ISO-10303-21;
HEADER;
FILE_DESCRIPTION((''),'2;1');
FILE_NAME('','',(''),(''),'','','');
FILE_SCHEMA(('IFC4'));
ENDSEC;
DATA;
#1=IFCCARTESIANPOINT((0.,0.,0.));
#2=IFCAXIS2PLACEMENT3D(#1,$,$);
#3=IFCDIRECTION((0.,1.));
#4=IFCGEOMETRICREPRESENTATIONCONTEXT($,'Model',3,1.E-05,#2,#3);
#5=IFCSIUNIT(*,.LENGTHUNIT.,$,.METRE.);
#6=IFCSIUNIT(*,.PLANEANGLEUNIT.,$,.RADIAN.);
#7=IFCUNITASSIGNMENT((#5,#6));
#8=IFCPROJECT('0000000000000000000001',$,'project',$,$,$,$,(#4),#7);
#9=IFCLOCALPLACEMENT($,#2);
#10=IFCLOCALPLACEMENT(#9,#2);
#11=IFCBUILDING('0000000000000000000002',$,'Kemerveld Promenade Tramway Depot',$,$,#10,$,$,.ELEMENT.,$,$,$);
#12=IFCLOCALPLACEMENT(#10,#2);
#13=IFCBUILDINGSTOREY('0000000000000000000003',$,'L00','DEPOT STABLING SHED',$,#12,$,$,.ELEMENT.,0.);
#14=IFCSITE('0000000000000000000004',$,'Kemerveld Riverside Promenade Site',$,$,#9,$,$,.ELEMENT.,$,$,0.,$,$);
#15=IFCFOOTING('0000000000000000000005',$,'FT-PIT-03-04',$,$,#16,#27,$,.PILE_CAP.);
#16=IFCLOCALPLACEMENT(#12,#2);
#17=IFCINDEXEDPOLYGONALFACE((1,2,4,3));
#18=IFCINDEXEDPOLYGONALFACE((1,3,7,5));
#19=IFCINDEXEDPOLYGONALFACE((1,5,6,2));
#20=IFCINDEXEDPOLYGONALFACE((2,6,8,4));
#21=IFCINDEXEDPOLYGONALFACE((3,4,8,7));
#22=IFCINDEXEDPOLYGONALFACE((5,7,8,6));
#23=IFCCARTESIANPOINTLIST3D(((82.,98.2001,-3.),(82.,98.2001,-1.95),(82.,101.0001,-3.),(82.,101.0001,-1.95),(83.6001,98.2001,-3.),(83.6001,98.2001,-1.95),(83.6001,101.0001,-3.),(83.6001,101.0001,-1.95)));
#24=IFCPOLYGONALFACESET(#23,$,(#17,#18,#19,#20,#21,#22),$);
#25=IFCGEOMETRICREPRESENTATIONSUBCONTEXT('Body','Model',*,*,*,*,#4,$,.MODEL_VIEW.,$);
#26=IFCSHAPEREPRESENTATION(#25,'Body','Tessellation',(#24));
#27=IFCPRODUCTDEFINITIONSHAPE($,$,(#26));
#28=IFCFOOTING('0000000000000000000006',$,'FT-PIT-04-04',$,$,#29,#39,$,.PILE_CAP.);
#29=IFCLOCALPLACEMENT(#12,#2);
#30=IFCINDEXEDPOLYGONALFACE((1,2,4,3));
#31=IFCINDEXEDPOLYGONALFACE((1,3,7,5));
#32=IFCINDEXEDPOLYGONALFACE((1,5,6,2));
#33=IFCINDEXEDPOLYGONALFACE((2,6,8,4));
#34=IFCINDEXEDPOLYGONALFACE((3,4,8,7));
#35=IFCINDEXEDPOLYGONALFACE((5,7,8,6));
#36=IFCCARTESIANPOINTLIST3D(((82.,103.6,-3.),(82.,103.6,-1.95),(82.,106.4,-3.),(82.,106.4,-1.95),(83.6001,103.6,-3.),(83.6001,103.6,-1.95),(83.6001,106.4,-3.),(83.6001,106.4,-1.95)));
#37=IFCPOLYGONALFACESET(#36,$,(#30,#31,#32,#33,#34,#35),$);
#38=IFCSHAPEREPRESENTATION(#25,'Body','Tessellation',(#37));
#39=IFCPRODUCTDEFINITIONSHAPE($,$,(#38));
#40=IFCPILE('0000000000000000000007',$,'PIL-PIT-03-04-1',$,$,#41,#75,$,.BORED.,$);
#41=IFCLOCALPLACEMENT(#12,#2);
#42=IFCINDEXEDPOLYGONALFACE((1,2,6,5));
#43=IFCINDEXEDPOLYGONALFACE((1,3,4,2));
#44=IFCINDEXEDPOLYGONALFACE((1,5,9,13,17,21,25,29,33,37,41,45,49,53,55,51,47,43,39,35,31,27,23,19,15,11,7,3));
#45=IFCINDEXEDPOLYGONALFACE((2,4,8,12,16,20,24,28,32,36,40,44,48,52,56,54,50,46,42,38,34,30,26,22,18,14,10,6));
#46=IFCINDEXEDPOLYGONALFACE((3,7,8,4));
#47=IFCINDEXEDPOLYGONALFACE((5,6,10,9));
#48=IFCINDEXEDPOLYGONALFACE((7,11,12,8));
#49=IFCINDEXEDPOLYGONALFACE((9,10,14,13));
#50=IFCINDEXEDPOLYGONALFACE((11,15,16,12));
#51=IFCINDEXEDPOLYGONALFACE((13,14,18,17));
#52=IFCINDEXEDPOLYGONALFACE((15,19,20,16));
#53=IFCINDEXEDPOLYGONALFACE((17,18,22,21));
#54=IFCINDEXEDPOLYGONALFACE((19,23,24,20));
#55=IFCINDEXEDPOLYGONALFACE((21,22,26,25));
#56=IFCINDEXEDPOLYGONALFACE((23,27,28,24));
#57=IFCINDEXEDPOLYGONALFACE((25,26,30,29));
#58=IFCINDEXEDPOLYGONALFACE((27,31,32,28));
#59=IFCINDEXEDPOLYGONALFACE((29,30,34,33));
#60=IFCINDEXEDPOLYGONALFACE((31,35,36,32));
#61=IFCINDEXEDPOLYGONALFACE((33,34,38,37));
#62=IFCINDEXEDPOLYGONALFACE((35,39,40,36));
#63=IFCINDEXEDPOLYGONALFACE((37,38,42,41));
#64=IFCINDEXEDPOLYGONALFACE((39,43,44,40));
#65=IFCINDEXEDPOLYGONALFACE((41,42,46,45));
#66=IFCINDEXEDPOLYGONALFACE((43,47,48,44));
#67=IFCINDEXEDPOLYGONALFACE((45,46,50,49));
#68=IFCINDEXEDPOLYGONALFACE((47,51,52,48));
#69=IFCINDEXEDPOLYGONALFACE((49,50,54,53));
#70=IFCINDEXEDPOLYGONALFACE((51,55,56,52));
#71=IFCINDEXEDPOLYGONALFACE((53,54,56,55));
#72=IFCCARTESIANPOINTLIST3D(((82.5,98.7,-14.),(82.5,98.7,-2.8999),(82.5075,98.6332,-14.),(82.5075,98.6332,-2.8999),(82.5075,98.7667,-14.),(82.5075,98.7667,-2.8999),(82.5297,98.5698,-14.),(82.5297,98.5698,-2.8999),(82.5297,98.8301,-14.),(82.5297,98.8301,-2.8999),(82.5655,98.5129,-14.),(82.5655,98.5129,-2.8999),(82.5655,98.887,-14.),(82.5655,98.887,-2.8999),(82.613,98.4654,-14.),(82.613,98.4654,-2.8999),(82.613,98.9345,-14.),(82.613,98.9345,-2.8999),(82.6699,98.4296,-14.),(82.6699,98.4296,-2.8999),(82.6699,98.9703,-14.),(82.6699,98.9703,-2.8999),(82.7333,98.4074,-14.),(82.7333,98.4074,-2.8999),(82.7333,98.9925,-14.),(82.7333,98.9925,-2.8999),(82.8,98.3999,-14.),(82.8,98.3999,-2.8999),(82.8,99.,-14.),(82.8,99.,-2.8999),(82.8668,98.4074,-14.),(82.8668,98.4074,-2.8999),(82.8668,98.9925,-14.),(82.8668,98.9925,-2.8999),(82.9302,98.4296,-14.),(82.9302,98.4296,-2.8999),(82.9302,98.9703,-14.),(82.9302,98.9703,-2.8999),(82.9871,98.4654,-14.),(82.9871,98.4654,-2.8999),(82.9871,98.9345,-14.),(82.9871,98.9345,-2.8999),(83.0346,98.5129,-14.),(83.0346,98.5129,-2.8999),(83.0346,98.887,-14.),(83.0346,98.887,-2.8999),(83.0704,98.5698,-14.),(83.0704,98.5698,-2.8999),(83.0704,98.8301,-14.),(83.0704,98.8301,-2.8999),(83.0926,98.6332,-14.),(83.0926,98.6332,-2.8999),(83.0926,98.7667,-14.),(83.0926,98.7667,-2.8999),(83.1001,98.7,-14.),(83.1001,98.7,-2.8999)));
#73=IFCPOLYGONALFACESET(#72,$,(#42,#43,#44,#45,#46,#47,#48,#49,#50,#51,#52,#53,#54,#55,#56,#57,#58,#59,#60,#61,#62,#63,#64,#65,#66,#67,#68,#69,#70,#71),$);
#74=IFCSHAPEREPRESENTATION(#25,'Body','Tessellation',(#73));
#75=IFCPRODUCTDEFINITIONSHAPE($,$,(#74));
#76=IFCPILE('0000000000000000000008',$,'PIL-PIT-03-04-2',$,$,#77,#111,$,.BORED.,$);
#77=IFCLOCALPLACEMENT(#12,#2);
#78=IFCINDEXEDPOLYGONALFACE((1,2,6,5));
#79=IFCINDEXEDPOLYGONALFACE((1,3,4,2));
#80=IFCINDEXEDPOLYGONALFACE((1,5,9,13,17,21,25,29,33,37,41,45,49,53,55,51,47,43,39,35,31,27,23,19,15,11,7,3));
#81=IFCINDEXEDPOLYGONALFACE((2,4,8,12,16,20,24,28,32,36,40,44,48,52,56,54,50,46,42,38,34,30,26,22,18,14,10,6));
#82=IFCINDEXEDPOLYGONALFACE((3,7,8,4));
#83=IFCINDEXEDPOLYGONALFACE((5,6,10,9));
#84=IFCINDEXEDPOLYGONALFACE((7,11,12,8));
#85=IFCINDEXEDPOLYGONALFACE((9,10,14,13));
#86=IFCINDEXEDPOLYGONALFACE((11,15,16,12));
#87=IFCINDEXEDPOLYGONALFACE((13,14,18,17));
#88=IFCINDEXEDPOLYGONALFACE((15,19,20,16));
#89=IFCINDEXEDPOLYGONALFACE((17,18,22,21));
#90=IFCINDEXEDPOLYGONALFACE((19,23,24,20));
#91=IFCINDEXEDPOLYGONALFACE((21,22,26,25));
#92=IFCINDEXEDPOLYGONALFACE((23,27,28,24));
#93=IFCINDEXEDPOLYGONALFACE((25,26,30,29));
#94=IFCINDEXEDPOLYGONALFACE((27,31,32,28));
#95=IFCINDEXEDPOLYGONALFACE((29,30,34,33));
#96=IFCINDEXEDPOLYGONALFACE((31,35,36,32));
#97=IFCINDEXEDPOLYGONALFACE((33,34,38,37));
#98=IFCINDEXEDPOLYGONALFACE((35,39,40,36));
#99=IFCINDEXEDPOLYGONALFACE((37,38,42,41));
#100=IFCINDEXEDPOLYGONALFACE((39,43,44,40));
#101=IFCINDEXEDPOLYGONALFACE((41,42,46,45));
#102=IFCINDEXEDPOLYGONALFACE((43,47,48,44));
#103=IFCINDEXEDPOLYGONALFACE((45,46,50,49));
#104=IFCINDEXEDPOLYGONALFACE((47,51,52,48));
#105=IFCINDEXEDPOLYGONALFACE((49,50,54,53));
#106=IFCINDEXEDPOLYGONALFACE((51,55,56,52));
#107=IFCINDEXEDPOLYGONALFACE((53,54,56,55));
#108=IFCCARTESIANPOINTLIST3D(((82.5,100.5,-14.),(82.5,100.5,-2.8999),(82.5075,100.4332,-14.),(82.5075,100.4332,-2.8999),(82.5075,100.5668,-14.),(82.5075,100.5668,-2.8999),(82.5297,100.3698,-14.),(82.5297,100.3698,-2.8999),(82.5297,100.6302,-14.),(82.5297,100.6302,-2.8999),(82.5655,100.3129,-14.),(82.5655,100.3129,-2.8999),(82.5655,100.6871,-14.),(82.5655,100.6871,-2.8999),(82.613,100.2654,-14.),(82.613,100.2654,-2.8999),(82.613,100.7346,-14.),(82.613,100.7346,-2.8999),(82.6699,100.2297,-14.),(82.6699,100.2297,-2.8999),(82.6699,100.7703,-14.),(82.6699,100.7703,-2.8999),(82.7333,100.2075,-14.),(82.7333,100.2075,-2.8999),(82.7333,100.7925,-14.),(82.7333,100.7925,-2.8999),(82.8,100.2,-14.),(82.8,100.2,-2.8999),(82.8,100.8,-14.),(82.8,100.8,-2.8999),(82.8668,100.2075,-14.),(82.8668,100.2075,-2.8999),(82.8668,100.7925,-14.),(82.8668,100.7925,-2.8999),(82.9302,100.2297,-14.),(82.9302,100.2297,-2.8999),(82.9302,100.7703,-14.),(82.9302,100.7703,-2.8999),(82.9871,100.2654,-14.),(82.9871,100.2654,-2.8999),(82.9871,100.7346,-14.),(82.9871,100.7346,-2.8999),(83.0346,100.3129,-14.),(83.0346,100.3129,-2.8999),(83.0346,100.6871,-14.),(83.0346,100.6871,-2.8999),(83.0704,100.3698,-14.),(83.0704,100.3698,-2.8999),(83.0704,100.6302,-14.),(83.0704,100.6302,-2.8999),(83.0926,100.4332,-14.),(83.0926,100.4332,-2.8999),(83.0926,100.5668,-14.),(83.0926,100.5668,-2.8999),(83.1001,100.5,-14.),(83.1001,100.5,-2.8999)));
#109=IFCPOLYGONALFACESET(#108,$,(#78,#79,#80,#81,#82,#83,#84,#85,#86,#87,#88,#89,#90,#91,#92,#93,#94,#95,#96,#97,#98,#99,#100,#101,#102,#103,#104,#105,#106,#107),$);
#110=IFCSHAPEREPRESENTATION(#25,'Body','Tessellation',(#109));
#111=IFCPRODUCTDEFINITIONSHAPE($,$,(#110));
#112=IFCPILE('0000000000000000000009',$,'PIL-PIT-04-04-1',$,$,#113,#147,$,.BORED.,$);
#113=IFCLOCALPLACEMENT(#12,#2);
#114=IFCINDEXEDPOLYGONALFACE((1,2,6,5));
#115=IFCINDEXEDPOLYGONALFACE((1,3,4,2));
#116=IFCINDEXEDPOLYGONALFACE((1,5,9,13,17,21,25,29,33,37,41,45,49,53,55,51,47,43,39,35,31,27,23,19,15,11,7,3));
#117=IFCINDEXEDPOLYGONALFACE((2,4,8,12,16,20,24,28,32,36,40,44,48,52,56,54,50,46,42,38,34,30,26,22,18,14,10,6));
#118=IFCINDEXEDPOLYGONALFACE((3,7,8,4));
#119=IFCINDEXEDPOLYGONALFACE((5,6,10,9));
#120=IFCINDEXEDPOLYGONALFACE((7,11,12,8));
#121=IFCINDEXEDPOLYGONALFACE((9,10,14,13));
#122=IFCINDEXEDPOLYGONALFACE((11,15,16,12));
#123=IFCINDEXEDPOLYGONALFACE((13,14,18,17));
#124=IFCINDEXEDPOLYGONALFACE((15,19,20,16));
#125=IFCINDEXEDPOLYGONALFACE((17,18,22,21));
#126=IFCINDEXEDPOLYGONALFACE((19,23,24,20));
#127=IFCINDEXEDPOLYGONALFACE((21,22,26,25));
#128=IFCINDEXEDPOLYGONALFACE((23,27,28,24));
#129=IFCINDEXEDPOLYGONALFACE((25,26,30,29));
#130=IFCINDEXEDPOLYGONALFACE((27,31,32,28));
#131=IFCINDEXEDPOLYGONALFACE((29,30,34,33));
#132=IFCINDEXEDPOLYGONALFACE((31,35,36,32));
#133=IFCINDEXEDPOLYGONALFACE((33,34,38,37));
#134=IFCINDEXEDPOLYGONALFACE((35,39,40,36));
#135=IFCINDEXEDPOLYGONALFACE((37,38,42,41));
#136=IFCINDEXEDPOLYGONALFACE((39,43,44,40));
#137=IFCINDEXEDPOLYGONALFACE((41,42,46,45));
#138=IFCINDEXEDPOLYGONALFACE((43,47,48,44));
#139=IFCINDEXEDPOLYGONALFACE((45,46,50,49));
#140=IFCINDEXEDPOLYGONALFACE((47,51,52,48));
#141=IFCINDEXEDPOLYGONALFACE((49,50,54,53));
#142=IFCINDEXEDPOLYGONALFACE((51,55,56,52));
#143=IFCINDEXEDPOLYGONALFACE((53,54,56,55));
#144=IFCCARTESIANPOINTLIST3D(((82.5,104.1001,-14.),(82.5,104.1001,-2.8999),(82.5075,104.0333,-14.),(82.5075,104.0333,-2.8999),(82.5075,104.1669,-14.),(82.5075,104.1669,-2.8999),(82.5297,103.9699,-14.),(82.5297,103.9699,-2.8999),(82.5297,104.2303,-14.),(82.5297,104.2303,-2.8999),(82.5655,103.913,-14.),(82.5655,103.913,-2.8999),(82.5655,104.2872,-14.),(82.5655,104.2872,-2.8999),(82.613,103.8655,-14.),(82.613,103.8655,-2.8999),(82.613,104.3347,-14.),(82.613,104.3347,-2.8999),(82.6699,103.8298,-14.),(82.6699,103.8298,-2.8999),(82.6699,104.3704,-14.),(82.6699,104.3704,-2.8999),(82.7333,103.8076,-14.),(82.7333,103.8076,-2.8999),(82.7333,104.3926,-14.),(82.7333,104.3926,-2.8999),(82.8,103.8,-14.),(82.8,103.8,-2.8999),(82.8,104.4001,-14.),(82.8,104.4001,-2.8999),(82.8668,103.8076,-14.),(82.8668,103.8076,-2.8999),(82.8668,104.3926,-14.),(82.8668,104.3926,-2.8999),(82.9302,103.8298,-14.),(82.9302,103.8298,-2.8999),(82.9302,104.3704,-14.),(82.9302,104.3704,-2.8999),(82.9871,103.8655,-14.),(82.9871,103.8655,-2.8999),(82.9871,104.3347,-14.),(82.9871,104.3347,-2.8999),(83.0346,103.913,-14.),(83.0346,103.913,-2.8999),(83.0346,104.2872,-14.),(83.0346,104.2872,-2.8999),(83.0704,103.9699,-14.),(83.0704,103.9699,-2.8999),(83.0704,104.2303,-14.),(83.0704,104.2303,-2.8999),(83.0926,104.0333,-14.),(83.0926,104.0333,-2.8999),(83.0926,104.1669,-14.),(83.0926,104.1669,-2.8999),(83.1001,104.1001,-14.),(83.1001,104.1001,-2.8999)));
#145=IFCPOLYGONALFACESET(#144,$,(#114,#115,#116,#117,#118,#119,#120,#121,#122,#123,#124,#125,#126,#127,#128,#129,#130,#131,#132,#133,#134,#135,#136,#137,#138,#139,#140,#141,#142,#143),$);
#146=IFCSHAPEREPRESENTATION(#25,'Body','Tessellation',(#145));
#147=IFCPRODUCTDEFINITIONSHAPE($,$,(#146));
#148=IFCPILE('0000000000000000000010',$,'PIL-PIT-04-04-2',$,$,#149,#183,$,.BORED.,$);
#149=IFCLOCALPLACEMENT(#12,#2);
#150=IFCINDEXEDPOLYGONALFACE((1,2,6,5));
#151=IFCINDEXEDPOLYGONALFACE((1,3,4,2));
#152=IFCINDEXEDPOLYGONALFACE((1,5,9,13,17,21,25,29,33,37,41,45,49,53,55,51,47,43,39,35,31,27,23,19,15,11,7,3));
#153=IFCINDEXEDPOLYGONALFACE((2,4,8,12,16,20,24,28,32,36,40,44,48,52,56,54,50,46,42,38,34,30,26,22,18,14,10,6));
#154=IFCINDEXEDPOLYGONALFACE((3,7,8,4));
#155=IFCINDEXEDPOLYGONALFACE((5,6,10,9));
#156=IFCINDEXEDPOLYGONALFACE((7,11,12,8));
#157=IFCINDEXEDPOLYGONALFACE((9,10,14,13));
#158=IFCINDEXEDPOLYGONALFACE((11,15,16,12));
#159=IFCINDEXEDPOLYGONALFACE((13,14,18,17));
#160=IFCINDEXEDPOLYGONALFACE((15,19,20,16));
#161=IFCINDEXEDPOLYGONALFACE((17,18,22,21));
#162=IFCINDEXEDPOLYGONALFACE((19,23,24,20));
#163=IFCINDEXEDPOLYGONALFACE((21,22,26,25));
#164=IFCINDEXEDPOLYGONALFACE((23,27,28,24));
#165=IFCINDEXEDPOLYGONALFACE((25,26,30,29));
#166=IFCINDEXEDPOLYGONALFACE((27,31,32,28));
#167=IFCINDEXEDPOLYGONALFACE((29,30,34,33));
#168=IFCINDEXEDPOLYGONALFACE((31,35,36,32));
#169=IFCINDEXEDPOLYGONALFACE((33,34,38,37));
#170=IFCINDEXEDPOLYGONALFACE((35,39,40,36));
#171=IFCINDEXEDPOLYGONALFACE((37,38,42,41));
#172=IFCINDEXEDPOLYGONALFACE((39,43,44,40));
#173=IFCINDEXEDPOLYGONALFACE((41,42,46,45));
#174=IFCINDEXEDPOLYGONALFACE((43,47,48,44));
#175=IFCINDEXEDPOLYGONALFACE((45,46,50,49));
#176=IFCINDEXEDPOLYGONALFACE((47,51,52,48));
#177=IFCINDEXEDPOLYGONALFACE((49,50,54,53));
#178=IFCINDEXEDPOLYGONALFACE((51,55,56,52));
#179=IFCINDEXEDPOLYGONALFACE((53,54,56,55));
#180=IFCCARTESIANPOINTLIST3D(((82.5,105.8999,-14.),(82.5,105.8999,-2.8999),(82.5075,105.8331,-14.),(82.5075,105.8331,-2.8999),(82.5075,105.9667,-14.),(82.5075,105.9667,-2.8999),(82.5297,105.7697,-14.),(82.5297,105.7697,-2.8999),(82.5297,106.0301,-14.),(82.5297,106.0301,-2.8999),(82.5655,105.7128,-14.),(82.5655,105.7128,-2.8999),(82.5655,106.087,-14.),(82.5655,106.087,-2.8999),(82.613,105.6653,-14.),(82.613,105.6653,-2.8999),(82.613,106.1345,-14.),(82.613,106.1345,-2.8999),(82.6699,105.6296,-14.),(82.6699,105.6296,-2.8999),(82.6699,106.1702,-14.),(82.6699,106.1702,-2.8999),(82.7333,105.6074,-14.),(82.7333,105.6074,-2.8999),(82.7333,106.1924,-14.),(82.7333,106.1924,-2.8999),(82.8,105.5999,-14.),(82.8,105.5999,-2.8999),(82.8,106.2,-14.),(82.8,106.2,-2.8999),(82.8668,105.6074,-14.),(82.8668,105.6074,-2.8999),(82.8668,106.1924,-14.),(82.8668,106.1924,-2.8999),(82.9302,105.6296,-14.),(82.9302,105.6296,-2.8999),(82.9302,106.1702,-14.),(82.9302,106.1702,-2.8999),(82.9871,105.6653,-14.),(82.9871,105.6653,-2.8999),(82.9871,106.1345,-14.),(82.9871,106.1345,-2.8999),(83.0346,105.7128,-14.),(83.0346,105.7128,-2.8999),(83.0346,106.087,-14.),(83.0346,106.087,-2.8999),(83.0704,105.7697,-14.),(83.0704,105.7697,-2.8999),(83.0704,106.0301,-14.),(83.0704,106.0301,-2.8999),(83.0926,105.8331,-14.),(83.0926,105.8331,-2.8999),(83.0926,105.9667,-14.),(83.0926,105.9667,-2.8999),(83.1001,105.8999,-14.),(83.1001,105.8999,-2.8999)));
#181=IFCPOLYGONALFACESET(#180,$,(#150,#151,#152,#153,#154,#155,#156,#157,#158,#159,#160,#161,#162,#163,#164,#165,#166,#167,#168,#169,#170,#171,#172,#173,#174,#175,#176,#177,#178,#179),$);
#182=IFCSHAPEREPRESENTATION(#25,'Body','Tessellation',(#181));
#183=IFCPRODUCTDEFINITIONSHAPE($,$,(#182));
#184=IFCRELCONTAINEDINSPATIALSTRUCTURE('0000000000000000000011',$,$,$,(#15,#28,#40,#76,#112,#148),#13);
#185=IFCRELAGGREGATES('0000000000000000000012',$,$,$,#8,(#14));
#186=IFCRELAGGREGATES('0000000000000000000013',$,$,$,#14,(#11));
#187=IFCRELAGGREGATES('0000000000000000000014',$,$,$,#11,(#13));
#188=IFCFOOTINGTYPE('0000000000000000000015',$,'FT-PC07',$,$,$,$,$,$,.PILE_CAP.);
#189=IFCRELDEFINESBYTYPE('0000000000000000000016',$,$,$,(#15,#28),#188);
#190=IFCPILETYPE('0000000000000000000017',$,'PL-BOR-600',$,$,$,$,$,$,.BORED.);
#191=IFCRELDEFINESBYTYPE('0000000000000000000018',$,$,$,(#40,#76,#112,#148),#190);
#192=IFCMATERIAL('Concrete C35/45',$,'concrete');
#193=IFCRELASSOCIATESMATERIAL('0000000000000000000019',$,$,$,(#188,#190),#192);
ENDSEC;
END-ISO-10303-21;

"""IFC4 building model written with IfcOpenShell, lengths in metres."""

from ifc_helpers import new_model, si_unit, direction, frame, origin, origin_2d, place, context, subcontext, project, spatial, rectangle, circle, extrude, material, material_profile, profile_set, type_object, element, save


model = new_model("IFC4")

# Units and contexts
model_context = context("Model", 3, precision=1e-05, world=origin(), true_north=direction((0.0, 1.0)))
body_context = subcontext(model_context, "Body", "Model", "MODEL_VIEW")
ifc_project = project(units=[si_unit("LENGTHUNIT", "METRE"), si_unit("PLANEANGLEUNIT", "RADIAN")], contexts=[model_context])

# Site, building, storey
site_placement = place(None, origin())
site = spatial("IfcSite", under=ifc_project, at=site_placement, Name="Kemerveld Riverside Promenade Site", CompositionType="ELEMENT", RefElevation=0.0)
building_placement = place(site_placement, origin())
building = spatial("IfcBuilding", under=site, at=building_placement, Name="Kemerveld Promenade Tramway Depot", CompositionType="ELEMENT")
storey_placement = place(building_placement, origin())
storey = spatial("IfcBuildingStorey", under=building, at=storey_placement, Name="L00", Description="DEPOT STABLING SHED", CompositionType="ELEMENT", Elevation=0.0)

# Footings
ifc_material_1 = material(Name="Concrete C35/45", Category="concrete")
footing_type = type_object("IfcFootingType", Name="FT-PC07", PredefinedType="PILE_CAP", material=ifc_material_1)
for number, where, z_axis, x_axis, name in (
    (1, (82.8, 99.6001, -3.0), (0.0, 0.0, 1.0), (1.0, 0.0, 0.0), "FT-PIT-03-04"),
    (2, (82.8, 105.0, -3.0), (0.0, 0.0, 1.0), (1.0, 0.0, 0.0), "FT-PIT-04-04"),
):
    element("IfcFooting", number, at=place(storey_placement, frame(where, z_axis=z_axis, x_axis=x_axis)), inside=storey, type_object=footing_type, Name=name, PredefinedType="PILE_CAP", context=body_context, shape_type="SweptSolid", body=[
        extrude(rectangle(XDim=1.6001, YDim=2.8, at=origin_2d()), origin(), (0.0, 0.0, 1.0), 1.05),
    ])

# Piles
ifc_material_profile_1 = material_profile(ifc_material_1, circle(Radius=0.3, at=origin_2d()), Name="PILE-D600")
ifc_profile_set_1 = profile_set([ifc_material_profile_1], Name="Concrete C35/45")
pile_type = type_object("IfcPileType", Name="PL-BOR-600", PredefinedType="BORED", material=ifc_profile_set_1)
for number, where, z_axis, x_axis, name in (
    (3, (82.8, 98.7, -2.8999), (0.0, 0.0, -1.0), (1.0, 0.0, 0.0), "PIL-PIT-03-04-1"),
    (4, (82.8, 100.5, -2.8999), (0.0, 0.0, -1.0), (1.0, 0.0, 0.0), "PIL-PIT-03-04-2"),
    (5, (82.8, 104.1001, -2.8999), (0.0, 0.0, -1.0), (1.0, 0.0, 0.0), "PIL-PIT-04-04-1"),
    (6, (82.8, 105.8999, -2.8999), (0.0, 0.0, -1.0), (1.0, 0.0, 0.0), "PIL-PIT-04-04-2"),
):
    element("IfcPile", number, at=place(storey_placement, frame(where, z_axis=z_axis, x_axis=x_axis)), inside=storey, type_object=pile_type, Name=name, PredefinedType="BORED", context=body_context, shape_type="SweptSolid", body=[
        extrude(circle(Radius=0.3, at=origin_2d()), origin(), (0.0, 0.0, 1.0), 11.1001),
    ])

save(model, "model.ifc")
